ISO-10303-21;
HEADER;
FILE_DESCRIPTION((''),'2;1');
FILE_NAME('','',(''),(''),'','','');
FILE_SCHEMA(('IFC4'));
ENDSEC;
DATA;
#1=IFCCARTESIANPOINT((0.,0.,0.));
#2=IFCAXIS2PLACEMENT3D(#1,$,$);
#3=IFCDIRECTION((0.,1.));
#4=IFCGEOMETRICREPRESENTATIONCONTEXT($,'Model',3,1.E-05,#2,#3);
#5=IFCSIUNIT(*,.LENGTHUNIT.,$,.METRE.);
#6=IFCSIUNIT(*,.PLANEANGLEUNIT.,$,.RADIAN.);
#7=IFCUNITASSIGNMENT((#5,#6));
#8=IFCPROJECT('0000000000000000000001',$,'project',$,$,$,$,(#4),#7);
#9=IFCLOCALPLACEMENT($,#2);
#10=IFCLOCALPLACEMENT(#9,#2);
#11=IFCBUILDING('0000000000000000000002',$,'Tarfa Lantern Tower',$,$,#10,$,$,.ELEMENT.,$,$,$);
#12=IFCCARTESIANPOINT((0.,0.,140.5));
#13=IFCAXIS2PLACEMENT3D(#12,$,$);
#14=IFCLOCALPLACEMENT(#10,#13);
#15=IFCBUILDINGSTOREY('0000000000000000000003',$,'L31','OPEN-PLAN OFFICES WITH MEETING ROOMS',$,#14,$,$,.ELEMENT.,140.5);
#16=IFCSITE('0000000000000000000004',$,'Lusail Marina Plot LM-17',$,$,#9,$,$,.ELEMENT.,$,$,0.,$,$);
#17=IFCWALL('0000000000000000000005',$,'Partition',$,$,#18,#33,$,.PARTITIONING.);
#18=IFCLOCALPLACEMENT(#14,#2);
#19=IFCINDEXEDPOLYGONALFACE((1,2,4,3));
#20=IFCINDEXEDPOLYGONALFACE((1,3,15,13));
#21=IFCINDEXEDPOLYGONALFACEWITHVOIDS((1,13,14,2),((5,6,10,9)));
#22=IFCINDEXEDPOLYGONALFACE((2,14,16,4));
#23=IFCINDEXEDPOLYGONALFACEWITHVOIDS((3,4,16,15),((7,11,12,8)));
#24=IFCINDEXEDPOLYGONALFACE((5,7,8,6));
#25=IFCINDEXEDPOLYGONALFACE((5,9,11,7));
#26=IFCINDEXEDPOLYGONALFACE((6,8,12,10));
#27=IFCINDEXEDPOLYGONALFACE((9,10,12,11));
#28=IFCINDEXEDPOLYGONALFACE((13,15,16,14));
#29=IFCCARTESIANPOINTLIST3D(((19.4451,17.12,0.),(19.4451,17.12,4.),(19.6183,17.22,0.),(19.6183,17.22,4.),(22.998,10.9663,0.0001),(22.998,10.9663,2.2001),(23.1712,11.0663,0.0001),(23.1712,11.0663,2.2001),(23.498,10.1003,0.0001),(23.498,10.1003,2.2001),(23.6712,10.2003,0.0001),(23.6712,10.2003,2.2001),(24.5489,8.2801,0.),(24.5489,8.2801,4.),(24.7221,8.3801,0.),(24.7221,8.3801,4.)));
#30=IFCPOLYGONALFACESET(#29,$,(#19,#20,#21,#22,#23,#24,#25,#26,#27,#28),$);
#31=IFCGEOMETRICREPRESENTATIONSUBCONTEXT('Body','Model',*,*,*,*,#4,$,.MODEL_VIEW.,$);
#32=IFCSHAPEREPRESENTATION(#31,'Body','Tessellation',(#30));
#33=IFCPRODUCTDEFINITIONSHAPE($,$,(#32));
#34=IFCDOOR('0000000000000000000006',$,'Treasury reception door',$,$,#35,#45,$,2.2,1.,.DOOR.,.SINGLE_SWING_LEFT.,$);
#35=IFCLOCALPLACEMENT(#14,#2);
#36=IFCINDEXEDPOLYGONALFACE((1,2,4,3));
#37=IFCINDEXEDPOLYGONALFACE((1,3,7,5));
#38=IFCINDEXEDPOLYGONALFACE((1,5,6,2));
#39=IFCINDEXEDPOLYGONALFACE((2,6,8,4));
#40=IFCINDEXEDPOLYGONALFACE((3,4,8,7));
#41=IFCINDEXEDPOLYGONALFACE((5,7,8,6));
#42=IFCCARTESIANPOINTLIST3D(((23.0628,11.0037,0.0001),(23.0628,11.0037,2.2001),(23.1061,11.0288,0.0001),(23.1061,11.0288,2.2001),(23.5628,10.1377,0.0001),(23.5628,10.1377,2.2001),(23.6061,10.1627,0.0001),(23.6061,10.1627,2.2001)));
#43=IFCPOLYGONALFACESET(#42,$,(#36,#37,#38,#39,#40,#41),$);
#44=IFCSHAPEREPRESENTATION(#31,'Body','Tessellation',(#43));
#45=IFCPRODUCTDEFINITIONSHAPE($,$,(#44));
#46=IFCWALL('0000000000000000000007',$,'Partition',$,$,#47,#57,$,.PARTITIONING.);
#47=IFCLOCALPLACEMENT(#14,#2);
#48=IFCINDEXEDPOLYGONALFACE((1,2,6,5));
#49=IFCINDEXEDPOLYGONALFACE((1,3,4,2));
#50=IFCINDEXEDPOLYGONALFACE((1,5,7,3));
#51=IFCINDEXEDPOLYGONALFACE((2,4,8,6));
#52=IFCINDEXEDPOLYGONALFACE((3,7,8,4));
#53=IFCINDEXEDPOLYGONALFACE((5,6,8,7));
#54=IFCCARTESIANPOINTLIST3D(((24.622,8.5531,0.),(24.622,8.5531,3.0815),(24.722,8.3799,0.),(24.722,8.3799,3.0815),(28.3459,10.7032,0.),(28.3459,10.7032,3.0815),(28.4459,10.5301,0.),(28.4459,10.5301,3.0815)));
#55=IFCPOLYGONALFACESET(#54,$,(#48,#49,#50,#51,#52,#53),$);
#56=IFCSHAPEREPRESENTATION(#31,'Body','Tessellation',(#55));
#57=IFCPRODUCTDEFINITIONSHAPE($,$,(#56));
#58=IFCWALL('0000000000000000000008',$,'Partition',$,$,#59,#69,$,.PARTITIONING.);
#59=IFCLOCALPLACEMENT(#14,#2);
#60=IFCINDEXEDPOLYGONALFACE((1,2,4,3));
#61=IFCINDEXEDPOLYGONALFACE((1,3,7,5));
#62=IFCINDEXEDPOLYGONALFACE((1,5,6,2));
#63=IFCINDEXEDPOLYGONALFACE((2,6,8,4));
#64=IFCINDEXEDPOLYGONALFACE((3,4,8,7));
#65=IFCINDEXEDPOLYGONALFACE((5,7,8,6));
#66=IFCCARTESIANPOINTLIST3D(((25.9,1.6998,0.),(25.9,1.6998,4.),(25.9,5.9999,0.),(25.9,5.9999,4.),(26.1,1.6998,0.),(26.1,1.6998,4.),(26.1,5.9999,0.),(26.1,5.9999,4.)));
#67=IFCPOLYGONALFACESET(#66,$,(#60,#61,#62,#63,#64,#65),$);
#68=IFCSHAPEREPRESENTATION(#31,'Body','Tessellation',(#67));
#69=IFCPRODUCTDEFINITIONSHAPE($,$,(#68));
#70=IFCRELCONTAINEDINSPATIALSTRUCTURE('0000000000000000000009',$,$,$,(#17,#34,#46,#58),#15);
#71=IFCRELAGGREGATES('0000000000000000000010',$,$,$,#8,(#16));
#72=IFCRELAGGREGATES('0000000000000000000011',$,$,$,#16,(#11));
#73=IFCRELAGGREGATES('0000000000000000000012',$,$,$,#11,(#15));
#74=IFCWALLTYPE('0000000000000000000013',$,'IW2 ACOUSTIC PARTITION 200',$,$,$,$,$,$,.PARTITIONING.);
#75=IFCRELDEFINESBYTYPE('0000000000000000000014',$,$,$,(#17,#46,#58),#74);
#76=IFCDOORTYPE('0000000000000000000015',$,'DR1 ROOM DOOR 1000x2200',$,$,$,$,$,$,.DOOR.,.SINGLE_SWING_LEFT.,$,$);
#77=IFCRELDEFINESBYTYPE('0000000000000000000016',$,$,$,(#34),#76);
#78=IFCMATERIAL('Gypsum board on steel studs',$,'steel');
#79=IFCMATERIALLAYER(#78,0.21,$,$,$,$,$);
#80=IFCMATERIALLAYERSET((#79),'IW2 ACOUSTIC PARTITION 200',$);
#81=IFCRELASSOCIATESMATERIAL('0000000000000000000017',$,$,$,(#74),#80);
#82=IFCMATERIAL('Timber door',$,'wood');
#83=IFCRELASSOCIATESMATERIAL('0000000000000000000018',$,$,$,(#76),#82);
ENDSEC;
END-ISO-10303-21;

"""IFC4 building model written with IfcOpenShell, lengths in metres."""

from ifc_helpers import new_model, si_unit, direction, frame, frame_2d, origin, place, context, subcontext, project, spatial, rectangle, extrude, material, layer, layer_set, type_object, element, fill, save


model = new_model("IFC4")

# Units and contexts
model_context = context("Model", 3, precision=1e-05, world=origin(), true_north=direction((0.0, 1.0)))
body_context = subcontext(model_context, "Body", "Model", "MODEL_VIEW")
ifc_project = project(units=[si_unit("LENGTHUNIT", "METRE"), si_unit("PLANEANGLEUNIT", "RADIAN")], contexts=[model_context])

# Site, building, storey
site_placement = place(None, origin())
site = spatial("IfcSite", under=ifc_project, at=site_placement, Name="Lusail Marina Plot LM-17", CompositionType="ELEMENT", RefElevation=0.0)
building_placement = place(site_placement, origin())
building = spatial("IfcBuilding", under=site, at=building_placement, Name="Tarfa Lantern Tower", CompositionType="ELEMENT")
storey_placement = place(building_placement, frame((0.0, 0.0, 140.5)))
storey = spatial("IfcBuildingStorey", under=building, at=storey_placement, Name="L31", Description="OPEN-PLAN OFFICES WITH MEETING ROOMS", CompositionType="ELEMENT", Elevation=140.5)

# Wall, opening, door
ifc_material_1 = material(Name="Gypsum board on steel studs", Category="steel")
ifc_layer_1 = layer(ifc_material_1, 0.21)
ifc_layer_set_1 = layer_set([ifc_layer_1], Name="IW2 ACOUSTIC PARTITION 200")
wall_type = type_object("IfcWallType", Name="IW2 ACOUSTIC PARTITION 200", PredefinedType="PARTITIONING", material=ifc_layer_set_1)
wall_1_placement = place(storey_placement, frame((24.6355, 8.3301, 0.0), z_axis=(0.0, 0.0, 1.0), x_axis=(-0.500005, 0.866022, 0.0)))
wall_1 = element("IfcWall", 1, at=wall_1_placement, inside=storey, type_object=wall_type, Name="Partition", PredefinedType="PARTITIONING", context=body_context, shape_type="SweptSolid", body=[
    extrude(rectangle(XDim=10.2075, YDim=0.2, at=frame_2d((5.1038, 0.0))), origin(), (0.0, 0.0, 1.0), 4.0),
])
opening_placement = place(wall_1_placement, frame((2.1018, 0.0, 0.0)))
opening = element("IfcOpeningElement", 2, at=opening_placement, cuts=wall_1, PredefinedType="OPENING", context=body_context, shape_type="SweptSolid", body=[
    extrude(rectangle(XDim=1.0, YDim=2.2, at=frame_2d((0.5, 1.1001))), frame((0.0, 0.1099, 0.0), z_axis=(0.0, -1.0, 0.0), x_axis=(1.0, 0.0, 0.0)), (0.0, 0.0, 1.0), 0.22),
])
ifc_material_2 = material(Name="Timber door", Category="wood")
door_type = type_object("IfcDoorType", Name="DR1 ROOM DOOR 1000x2200", OperationType="SINGLE_SWING_LEFT", PredefinedType="DOOR", material=ifc_material_2)
door_placement = place(opening_placement, frame((1.0, 0.0, 0.0), z_axis=(0.0, 0.0, 1.0), x_axis=(-1.0, 0.0, 0.0)))
door = element("IfcDoor", 3, at=door_placement, inside=storey, type_object=door_type, Name="Treasury reception door", OperationType="SINGLE_SWING_LEFT", OverallHeight=2.2, OverallWidth=1.0, PredefinedType="DOOR", context=body_context, shape_type="SweptSolid", body=[
    extrude(rectangle(XDim=1.0, YDim=2.2, at=frame_2d((0.5, 1.1001))), frame((0.0, 0.0249, 0.0), z_axis=(0.0, -1.0, 0.0), x_axis=(1.0, 0.0, 0.0)), (0.0, 0.0, 1.0), 0.05),
])
fill(opening, door)

# Walls
wall_2_placement = place(storey_placement, frame((24.6721, 8.4666, 0.0), z_axis=(0.0, 0.0, 1.0), x_axis=(0.866009, 0.500029, 0.0)))
element("IfcWall", 4, at=wall_2_placement, inside=storey, type_object=wall_type, Name="Partition", PredefinedType="PARTITIONING", context=body_context, shape_type="SweptSolid", body=[
    extrude(rectangle(XDim=4.3, YDim=0.2, at=frame_2d((2.1499, 0.0))), origin(), (0.0, 0.0, 1.0), 3.0815),
])
wall_3_placement = place(storey_placement, frame((26.0, 1.7, 0.0), z_axis=(0.0, 0.0, 1.0), x_axis=(0.0, 1.0, 0.0)))
element("IfcWall", 5, at=wall_3_placement, inside=storey, type_object=wall_type, Name="Partition", PredefinedType="PARTITIONING", context=body_context, shape_type="SweptSolid", body=[
    extrude(rectangle(XDim=4.3, YDim=0.2, at=frame_2d((2.1499, 0.0))), origin(), (0.0, 0.0, 1.0), 4.0),
])

save(model, "model.ifc")
